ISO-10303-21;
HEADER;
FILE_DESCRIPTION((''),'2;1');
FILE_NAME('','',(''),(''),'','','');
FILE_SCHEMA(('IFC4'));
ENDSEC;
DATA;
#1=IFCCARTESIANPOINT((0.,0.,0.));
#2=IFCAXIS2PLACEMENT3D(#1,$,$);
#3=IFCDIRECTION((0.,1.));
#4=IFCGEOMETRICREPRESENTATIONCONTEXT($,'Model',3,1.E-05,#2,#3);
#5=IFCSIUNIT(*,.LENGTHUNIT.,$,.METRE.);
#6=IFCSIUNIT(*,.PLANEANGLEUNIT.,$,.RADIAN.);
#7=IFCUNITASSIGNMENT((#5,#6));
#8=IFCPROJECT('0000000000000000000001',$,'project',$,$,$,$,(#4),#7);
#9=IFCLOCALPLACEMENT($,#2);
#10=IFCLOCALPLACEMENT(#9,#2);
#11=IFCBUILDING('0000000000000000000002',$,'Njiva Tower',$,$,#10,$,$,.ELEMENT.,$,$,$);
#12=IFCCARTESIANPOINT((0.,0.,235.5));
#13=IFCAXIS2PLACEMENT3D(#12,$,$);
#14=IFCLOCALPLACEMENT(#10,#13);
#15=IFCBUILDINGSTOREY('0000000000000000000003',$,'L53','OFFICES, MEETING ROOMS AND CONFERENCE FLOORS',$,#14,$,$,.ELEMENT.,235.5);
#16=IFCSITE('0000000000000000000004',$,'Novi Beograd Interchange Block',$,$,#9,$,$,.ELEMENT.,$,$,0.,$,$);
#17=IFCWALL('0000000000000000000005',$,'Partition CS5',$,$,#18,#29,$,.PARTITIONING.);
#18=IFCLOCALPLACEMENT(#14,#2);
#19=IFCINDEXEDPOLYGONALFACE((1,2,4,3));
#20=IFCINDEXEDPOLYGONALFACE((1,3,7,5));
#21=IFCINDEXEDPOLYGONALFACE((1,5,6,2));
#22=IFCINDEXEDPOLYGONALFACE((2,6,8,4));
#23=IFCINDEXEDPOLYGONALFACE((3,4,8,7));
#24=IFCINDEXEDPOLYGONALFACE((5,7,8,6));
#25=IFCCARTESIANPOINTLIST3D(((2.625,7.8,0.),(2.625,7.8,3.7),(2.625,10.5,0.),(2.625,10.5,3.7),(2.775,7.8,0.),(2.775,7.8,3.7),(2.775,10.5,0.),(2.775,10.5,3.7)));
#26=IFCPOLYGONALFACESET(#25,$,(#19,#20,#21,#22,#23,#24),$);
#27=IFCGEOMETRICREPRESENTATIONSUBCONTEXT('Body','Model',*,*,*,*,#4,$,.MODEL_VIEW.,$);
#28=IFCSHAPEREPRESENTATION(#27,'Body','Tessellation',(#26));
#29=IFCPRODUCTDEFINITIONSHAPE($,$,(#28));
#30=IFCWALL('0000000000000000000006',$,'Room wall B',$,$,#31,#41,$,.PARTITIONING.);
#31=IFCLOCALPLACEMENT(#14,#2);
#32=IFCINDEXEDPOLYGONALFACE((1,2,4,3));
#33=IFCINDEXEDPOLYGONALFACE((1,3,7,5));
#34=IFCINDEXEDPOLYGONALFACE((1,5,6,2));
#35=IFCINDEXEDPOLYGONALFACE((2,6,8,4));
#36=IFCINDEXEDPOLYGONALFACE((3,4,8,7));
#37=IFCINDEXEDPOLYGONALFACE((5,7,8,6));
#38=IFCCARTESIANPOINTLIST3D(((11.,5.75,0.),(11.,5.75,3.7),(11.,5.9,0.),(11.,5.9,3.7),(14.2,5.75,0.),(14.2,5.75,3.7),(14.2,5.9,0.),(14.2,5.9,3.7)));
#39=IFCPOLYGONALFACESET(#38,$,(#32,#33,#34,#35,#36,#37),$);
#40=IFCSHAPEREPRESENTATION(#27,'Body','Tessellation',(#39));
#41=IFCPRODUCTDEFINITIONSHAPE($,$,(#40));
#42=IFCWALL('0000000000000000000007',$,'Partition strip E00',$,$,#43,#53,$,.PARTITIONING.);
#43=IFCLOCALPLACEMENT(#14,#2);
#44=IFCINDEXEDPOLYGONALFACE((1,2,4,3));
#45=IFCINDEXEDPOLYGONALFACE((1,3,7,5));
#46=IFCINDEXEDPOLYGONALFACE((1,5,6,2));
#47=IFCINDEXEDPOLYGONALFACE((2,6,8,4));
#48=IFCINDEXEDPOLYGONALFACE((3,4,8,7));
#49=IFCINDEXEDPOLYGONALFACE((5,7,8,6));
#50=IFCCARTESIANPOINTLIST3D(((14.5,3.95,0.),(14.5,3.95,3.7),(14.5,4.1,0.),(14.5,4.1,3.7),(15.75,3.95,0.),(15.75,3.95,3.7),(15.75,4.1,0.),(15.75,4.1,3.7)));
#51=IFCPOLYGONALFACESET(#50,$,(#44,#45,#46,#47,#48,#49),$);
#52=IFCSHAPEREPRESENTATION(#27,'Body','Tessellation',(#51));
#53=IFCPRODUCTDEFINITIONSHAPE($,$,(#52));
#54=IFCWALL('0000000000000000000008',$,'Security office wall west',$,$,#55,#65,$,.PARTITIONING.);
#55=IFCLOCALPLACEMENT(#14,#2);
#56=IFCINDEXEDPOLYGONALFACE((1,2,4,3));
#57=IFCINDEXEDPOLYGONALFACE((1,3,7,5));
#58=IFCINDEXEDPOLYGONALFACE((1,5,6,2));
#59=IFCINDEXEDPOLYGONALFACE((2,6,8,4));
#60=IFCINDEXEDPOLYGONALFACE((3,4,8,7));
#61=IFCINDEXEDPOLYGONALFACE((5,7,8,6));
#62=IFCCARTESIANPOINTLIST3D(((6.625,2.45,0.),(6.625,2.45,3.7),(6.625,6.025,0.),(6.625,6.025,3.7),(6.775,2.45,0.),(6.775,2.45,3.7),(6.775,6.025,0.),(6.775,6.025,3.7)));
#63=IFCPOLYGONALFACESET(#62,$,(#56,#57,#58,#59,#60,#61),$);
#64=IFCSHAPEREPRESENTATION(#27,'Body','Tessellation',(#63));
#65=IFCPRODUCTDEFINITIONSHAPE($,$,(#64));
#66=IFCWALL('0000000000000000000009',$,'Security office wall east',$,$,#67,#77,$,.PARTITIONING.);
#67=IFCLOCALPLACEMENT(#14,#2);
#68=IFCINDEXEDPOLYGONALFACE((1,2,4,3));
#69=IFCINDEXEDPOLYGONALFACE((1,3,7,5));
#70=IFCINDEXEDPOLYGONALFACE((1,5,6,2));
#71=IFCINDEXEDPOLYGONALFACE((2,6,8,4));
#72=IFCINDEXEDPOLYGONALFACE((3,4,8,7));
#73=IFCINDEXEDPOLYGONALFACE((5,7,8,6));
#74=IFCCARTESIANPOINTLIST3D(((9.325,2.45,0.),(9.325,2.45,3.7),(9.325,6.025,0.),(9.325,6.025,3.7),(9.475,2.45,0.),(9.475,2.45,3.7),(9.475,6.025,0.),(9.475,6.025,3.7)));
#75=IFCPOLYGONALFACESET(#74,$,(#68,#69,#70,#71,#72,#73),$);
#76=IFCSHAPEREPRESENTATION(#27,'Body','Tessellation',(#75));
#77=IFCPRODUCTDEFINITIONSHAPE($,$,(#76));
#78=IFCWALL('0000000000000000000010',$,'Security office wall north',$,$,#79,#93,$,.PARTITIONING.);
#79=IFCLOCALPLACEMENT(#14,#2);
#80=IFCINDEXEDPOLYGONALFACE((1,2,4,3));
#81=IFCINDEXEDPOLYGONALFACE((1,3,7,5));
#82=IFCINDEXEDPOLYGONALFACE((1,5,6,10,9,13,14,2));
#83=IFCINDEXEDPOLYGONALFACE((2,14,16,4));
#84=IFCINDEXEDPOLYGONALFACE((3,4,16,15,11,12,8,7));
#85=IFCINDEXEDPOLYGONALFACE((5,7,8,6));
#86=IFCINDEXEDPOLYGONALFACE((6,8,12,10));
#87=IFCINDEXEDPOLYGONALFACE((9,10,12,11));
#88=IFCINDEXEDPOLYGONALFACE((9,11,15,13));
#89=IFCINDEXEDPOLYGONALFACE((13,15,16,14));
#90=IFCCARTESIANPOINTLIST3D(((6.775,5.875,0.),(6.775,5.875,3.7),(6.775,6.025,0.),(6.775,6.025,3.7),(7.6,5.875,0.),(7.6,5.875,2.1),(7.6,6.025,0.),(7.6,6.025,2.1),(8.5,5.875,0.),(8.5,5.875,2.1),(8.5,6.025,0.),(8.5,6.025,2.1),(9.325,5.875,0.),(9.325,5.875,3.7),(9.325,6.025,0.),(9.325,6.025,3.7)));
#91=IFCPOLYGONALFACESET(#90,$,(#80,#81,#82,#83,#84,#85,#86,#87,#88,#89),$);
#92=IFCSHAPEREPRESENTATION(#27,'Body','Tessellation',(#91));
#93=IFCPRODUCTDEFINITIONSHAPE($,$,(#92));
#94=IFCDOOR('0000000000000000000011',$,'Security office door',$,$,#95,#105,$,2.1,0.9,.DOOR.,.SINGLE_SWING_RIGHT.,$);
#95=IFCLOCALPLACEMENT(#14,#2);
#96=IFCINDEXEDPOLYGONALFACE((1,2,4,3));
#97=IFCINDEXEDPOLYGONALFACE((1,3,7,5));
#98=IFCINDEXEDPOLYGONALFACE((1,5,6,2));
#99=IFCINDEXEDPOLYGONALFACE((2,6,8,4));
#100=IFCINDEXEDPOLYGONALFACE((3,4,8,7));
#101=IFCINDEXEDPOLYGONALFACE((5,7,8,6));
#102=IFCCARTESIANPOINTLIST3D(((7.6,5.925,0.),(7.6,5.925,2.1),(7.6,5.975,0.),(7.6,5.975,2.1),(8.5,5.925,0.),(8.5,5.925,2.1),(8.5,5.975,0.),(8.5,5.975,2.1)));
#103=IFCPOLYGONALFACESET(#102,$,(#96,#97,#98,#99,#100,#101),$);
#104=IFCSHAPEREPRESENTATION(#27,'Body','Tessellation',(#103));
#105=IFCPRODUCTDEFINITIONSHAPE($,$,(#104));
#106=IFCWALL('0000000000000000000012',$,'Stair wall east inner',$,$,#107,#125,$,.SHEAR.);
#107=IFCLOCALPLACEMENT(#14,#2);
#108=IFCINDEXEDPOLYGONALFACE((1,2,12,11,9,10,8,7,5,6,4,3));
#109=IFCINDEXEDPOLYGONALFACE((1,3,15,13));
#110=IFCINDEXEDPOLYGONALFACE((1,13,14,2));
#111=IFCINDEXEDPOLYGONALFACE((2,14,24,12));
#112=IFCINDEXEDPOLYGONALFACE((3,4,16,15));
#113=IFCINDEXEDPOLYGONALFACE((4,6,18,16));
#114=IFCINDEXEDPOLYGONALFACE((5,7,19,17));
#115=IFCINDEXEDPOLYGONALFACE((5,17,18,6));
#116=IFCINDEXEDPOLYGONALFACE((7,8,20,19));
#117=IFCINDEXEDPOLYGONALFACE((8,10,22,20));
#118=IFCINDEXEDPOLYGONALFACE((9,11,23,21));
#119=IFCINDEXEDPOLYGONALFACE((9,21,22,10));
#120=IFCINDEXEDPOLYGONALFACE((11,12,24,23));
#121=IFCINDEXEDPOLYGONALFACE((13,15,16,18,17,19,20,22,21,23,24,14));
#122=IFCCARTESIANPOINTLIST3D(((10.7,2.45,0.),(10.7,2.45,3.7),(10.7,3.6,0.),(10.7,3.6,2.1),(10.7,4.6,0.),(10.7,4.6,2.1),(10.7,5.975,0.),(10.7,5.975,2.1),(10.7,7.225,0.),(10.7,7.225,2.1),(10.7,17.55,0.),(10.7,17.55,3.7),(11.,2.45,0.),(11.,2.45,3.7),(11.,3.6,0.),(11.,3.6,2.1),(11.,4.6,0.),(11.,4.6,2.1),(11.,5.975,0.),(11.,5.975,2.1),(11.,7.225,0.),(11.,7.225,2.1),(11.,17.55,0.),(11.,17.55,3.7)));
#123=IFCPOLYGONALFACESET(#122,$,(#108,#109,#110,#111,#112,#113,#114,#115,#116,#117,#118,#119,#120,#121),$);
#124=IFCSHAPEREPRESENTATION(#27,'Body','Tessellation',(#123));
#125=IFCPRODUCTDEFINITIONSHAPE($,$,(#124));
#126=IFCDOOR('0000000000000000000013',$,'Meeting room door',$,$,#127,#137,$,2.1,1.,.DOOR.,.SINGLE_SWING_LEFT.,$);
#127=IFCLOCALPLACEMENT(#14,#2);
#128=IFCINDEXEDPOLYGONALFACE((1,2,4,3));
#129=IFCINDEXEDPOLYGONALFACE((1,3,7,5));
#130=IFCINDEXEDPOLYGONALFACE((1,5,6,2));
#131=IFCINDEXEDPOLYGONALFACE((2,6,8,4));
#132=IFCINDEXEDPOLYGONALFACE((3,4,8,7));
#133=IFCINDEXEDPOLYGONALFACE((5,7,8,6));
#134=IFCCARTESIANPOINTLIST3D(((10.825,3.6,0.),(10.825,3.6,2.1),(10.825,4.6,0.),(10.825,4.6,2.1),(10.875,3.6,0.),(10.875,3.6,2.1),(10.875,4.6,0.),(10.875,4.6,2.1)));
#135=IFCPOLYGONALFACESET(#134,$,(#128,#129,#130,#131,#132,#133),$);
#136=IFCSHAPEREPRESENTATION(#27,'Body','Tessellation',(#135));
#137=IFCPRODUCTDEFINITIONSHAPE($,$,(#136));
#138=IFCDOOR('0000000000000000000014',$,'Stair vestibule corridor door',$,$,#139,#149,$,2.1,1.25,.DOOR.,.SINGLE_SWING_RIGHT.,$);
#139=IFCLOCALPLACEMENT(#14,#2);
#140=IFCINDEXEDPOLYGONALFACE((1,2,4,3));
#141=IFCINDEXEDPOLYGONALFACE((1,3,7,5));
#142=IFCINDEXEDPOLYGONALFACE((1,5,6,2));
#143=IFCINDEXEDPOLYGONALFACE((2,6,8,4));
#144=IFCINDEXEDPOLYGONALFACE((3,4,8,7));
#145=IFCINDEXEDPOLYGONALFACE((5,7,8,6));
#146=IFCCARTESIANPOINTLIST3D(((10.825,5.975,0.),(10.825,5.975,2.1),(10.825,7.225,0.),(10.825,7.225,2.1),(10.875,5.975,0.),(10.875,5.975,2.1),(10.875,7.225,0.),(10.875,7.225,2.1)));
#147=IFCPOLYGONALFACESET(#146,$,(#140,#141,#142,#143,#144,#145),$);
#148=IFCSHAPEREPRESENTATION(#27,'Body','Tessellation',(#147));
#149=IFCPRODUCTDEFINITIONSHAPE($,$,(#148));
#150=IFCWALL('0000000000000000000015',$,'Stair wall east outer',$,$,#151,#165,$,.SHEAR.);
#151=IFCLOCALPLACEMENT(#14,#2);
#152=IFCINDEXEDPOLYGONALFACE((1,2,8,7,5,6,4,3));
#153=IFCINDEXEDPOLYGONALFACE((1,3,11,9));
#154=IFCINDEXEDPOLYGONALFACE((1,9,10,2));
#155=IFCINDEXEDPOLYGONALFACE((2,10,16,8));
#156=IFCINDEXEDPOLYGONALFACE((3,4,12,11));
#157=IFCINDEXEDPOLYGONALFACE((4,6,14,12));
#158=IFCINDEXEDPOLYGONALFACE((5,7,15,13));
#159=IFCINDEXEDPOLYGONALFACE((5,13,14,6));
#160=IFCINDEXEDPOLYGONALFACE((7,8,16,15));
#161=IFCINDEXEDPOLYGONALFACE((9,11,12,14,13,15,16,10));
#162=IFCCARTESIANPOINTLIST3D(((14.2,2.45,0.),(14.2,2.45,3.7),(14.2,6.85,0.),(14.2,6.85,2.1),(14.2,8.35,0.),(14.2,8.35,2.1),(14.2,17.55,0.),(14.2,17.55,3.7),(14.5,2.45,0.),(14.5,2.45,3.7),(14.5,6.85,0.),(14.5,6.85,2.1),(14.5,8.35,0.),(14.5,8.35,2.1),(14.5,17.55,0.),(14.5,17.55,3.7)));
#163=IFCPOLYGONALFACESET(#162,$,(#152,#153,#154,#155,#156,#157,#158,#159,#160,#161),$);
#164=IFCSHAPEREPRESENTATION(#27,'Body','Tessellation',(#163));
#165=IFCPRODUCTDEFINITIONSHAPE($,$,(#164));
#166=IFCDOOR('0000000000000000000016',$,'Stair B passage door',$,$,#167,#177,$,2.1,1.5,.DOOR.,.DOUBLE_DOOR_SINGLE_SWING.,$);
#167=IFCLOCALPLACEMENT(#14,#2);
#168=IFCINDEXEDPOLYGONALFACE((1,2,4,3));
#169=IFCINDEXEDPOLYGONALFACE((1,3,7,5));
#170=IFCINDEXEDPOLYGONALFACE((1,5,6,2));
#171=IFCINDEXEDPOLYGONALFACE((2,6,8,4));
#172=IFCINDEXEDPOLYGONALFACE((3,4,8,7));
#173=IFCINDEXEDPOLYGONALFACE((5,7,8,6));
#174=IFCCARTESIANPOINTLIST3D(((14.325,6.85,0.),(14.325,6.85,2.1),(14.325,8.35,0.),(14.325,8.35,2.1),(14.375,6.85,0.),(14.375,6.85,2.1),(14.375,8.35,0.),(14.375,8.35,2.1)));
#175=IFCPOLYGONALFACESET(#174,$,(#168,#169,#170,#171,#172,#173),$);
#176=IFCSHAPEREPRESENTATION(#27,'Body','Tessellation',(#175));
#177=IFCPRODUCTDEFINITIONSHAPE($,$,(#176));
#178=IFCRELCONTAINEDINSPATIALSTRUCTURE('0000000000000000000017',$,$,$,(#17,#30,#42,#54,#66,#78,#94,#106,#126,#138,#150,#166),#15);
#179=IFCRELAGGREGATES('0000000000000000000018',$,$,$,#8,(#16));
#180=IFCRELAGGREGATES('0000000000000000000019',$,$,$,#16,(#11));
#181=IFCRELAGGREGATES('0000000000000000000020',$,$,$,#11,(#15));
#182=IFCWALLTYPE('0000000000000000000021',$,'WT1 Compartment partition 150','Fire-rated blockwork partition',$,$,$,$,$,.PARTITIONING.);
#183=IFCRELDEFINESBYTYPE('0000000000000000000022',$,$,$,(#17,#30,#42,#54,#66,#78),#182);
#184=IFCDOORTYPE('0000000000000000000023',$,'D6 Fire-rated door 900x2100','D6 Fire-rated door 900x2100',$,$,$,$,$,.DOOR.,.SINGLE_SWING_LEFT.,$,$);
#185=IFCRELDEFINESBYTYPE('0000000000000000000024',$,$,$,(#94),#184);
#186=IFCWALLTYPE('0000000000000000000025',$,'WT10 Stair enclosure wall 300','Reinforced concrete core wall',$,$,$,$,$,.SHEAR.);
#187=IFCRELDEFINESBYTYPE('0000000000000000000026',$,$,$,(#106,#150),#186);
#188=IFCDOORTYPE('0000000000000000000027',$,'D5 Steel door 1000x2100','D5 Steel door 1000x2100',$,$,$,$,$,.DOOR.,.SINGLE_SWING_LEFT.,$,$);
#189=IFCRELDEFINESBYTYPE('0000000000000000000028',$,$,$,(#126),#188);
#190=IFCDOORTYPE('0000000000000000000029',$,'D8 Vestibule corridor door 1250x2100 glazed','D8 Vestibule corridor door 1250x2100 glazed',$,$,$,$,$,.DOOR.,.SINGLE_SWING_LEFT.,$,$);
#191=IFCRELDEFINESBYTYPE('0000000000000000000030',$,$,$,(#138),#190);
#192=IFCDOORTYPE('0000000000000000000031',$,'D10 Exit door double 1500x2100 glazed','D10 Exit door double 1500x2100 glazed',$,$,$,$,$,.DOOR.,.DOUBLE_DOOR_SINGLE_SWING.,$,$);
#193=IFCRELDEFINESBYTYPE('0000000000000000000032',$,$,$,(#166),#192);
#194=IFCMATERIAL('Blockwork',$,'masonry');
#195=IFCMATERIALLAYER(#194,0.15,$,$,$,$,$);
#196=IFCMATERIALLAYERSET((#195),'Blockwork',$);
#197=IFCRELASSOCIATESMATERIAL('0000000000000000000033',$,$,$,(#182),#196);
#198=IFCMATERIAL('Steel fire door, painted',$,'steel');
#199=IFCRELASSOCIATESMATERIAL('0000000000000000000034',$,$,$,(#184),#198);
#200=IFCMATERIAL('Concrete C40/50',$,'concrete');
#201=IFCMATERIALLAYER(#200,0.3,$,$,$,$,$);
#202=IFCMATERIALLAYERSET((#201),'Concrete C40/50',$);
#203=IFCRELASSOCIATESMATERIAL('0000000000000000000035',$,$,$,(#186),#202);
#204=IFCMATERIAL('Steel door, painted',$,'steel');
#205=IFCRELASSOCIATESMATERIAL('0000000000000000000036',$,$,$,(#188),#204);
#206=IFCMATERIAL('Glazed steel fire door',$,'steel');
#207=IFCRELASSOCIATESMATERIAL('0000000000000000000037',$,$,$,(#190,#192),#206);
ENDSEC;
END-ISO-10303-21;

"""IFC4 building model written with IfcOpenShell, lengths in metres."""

from ifc_helpers import new_model, si_unit, direction, frame, frame_2d, origin, place, context, subcontext, project, spatial, rectangle, extrude, material, layer, layer_set, type_object, element, fill, save


model = new_model("IFC4")

# Units and contexts
model_context = context("Model", 3, precision=1e-05, world=origin(), true_north=direction((0.0, 1.0)))
body_context = subcontext(model_context, "Body", "Model", "MODEL_VIEW")
ifc_project = project(units=[si_unit("LENGTHUNIT", "METRE"), si_unit("PLANEANGLEUNIT", "RADIAN")], contexts=[model_context])

# Site, building, storey
site_placement = place(None, origin())
site = spatial("IfcSite", under=ifc_project, at=site_placement, Name="Novi Beograd Interchange Block", CompositionType="ELEMENT", RefElevation=0.0)
building_placement = place(site_placement, origin())
building = spatial("IfcBuilding", under=site, at=building_placement, Name="Njiva Tower", CompositionType="ELEMENT")
storey_placement = place(building_placement, frame((0.0, 0.0, 235.5)))
storey = spatial("IfcBuildingStorey", under=building, at=storey_placement, Name="L53", Description="OFFICES, MEETING ROOMS AND CONFERENCE FLOORS", CompositionType="ELEMENT", Elevation=235.5)

# Walls
ifc_material_1 = material(Name="Blockwork", Category="masonry")
ifc_layer_1 = layer(ifc_material_1, 0.15)
ifc_layer_set_1 = layer_set([ifc_layer_1], Name="Blockwork")
wall_type_1 = type_object("IfcWallType", Name="WT1 Compartment partition 150", Description="Fire-rated blockwork partition", PredefinedType="PARTITIONING", material=ifc_layer_set_1)
wall_1_placement = place(storey_placement, frame((2.7, 7.8, 0.0), z_axis=(0.0, 0.0, 1.0), x_axis=(0.0, 1.0, 0.0)))
element("IfcWall", 1, at=wall_1_placement, inside=storey, type_object=wall_type_1, Name="Partition CS5", PredefinedType="PARTITIONING", context=body_context, shape_type="SweptSolid", body=[
    extrude(rectangle(XDim=2.7, YDim=0.15, at=frame_2d((1.35, 0.0))), origin(), (0.0, 0.0, 1.0), 3.7),
])
wall_2_placement = place(storey_placement, frame((11.0, 5.825, 0.0), z_axis=(0.0, 0.0, 1.0), x_axis=(1.0, 0.0, 0.0)))
element("IfcWall", 2, at=wall_2_placement, inside=storey, type_object=wall_type_1, Name="Room wall B", PredefinedType="PARTITIONING", context=body_context, shape_type="SweptSolid", body=[
    extrude(rectangle(XDim=3.2, YDim=0.15, at=frame_2d((1.6, 0.0))), origin(), (0.0, 0.0, 1.0), 3.7),
])
wall_3_placement = place(storey_placement, frame((14.5, 4.025, 0.0), z_axis=(0.0, 0.0, 1.0), x_axis=(1.0, 0.0, 0.0)))
element("IfcWall", 3, at=wall_3_placement, inside=storey, type_object=wall_type_1, Name="Partition strip E00", PredefinedType="PARTITIONING", context=body_context, shape_type="SweptSolid", body=[
    extrude(rectangle(XDim=1.25, YDim=0.15, at=frame_2d((0.625, 0.0))), origin(), (0.0, 0.0, 1.0), 3.7),
])
for number, where, z_axis, x_axis, name in (
    (4, (6.7, 2.45, 0.0), (0.0, 0.0, 1.0), (0.0, 1.0, 0.0), "Security office wall west"),
    (5, (9.4, 2.45, 0.0), (0.0, 0.0, 1.0), (0.0, 1.0, 0.0), "Security office wall east"),
):
    element("IfcWall", number, at=place(storey_placement, frame(where, z_axis=z_axis, x_axis=x_axis)), inside=storey, type_object=wall_type_1, Name=name, PredefinedType="PARTITIONING", context=body_context, shape_type="SweptSolid", body=[
        extrude(rectangle(XDim=3.575, YDim=0.15, at=frame_2d((1.7875, 0.0))), origin(), (0.0, 0.0, 1.0), 3.7),
    ])

# Wall, opening, door
wall_4_placement = place(storey_placement, frame((6.775, 5.95, 0.0), z_axis=(0.0, 0.0, 1.0), x_axis=(1.0, 0.0, 0.0)))
wall_4 = element("IfcWall", 6, at=wall_4_placement, inside=storey, type_object=wall_type_1, Name="Security office wall north", PredefinedType="PARTITIONING", context=body_context, shape_type="SweptSolid", body=[
    extrude(rectangle(XDim=2.55, YDim=0.15, at=frame_2d((1.275, 0.0))), origin(), (0.0, 0.0, 1.0), 3.7),
])
opening_1_placement = place(wall_4_placement, frame((0.825, 0.0, 0.0)))
opening_1 = element("IfcOpeningElement", 7, at=opening_1_placement, cuts=wall_4, PredefinedType="OPENING", context=body_context, shape_type="SweptSolid", body=[
    extrude(rectangle(XDim=0.9, YDim=2.1, at=frame_2d((0.45, 1.05))), frame((0.0, 0.085, 0.0), z_axis=(0.0, -1.0, 0.0), x_axis=(1.0, 0.0, 0.0)), (0.0, 0.0, 1.0), 0.17),
])
ifc_material_2 = material(Name="Steel fire door, painted", Category="steel")
door_type_1 = type_object("IfcDoorType", Name="D6 Fire-rated door 900x2100", Description="D6 Fire-rated door 900x2100", OperationType="SINGLE_SWING_LEFT", PredefinedType="DOOR", material=ifc_material_2)
door_1_placement = place(opening_1_placement, origin())
door_1 = element("IfcDoor", 8, at=door_1_placement, inside=storey, type_object=door_type_1, Name="Security office door", OperationType="SINGLE_SWING_RIGHT", OverallHeight=2.1, OverallWidth=0.9, PredefinedType="DOOR", context=body_context, shape_type="SweptSolid", body=[
    extrude(rectangle(XDim=0.9, YDim=2.1, at=frame_2d((0.45, 1.05))), frame((0.0, 0.025, 0.0), z_axis=(0.0, -1.0, 0.0), x_axis=(1.0, 0.0, 0.0)), (0.0, 0.0, 1.0), 0.05),
])
fill(opening_1, door_1)

# Wall, openings, doors
ifc_material_3 = material(Name="Concrete C40/50", Category="concrete")
ifc_layer_2 = layer(ifc_material_3, 0.3)
ifc_layer_set_2 = layer_set([ifc_layer_2], Name="Concrete C40/50")
wall_type_2 = type_object("IfcWallType", Name="WT10 Stair enclosure wall 300", Description="Reinforced concrete core wall", PredefinedType="SHEAR", material=ifc_layer_set_2)
wall_5_placement = place(storey_placement, frame((10.85, 2.45, 0.0), z_axis=(0.0, 0.0, 1.0), x_axis=(0.0, 1.0, 0.0)))
wall_5 = element("IfcWall", 9, at=wall_5_placement, inside=storey, type_object=wall_type_2, Name="Stair wall east inner", PredefinedType="SHEAR", context=body_context, shape_type="SweptSolid", body=[
    extrude(rectangle(XDim=15.1, YDim=0.3, at=frame_2d((7.55, 0.0))), origin(), (0.0, 0.0, 1.0), 3.7),
])
opening_2_placement = place(wall_5_placement, frame((3.525, 0.0, 0.0)))
opening_2 = element("IfcOpeningElement", 10, at=opening_2_placement, cuts=wall_5, PredefinedType="OPENING", context=body_context, shape_type="SweptSolid", body=[
    extrude(rectangle(XDim=1.25, YDim=2.1, at=frame_2d((0.625, 1.05))), frame((0.0, 0.16, 0.0), z_axis=(0.0, -1.0, 0.0), x_axis=(1.0, 0.0, 0.0)), (0.0, 0.0, 1.0), 0.32),
])
opening_3_placement = place(wall_5_placement, frame((1.15, 0.0, 0.0)))
opening_3 = element("IfcOpeningElement", 11, at=opening_3_placement, cuts=wall_5, PredefinedType="OPENING", context=body_context, shape_type="SweptSolid", body=[
    extrude(rectangle(XDim=1.0, YDim=2.1, at=frame_2d((0.5, 1.05))), frame((0.0, 0.16, 0.0), z_axis=(0.0, -1.0, 0.0), x_axis=(1.0, 0.0, 0.0)), (0.0, 0.0, 1.0), 0.32),
])
ifc_material_4 = material(Name="Steel door, painted", Category="steel")
door_type_2 = type_object("IfcDoorType", Name="D5 Steel door 1000x2100", Description="D5 Steel door 1000x2100", OperationType="SINGLE_SWING_LEFT", PredefinedType="DOOR", material=ifc_material_4)
door_2_placement = place(opening_3_placement, origin())
door_2 = element("IfcDoor", 12, at=door_2_placement, inside=storey, type_object=door_type_2, Name="Meeting room door", OperationType="SINGLE_SWING_LEFT", OverallHeight=2.1, OverallWidth=1.0, PredefinedType="DOOR", context=body_context, shape_type="SweptSolid", body=[
    extrude(rectangle(XDim=1.0, YDim=2.1, at=frame_2d((0.5, 1.05))), frame((0.0, 0.025, 0.0), z_axis=(0.0, -1.0, 0.0), x_axis=(1.0, 0.0, 0.0)), (0.0, 0.0, 1.0), 0.05),
])
fill(opening_3, door_2)
ifc_material_5 = material(Name="Glazed steel fire door", Category="steel")
door_type_3 = type_object("IfcDoorType", Name="D8 Vestibule corridor door 1250x2100 glazed", Description="D8 Vestibule corridor door 1250x2100 glazed", OperationType="SINGLE_SWING_LEFT", PredefinedType="DOOR", material=ifc_material_5)
door_3_placement = place(opening_2_placement, origin())
door_3 = element("IfcDoor", 13, at=door_3_placement, inside=storey, type_object=door_type_3, Name="Stair vestibule corridor door", OperationType="SINGLE_SWING_RIGHT", OverallHeight=2.1, OverallWidth=1.25, PredefinedType="DOOR", context=body_context, shape_type="SweptSolid", body=[
    extrude(rectangle(XDim=1.25, YDim=2.1, at=frame_2d((0.625, 1.05))), frame((0.0, 0.025, 0.0), z_axis=(0.0, -1.0, 0.0), x_axis=(1.0, 0.0, 0.0)), (0.0, 0.0, 1.0), 0.05),
])
fill(opening_2, door_3)

# Wall, opening, door
wall_6_placement = place(storey_placement, frame((14.35, 2.45, 0.0), z_axis=(0.0, 0.0, 1.0), x_axis=(0.0, 1.0, 0.0)))
wall_6 = element("IfcWall", 14, at=wall_6_placement, inside=storey, type_object=wall_type_2, Name="Stair wall east outer", PredefinedType="SHEAR", context=body_context, shape_type="SweptSolid", body=[
    extrude(rectangle(XDim=15.1, YDim=0.3, at=frame_2d((7.55, 0.0))), origin(), (0.0, 0.0, 1.0), 3.7),
])
opening_4_placement = place(wall_6_placement, frame((4.4, 0.0, 0.0)))
opening_4 = element("IfcOpeningElement", 15, at=opening_4_placement, cuts=wall_6, PredefinedType="OPENING", context=body_context, shape_type="SweptSolid", body=[
    extrude(rectangle(XDim=1.5, YDim=2.1, at=frame_2d((0.75, 1.05))), frame((0.0, 0.16, 0.0), z_axis=(0.0, -1.0, 0.0), x_axis=(1.0, 0.0, 0.0)), (0.0, 0.0, 1.0), 0.32),
])
door_type_4 = type_object("IfcDoorType", Name="D10 Exit door double 1500x2100 glazed", Description="D10 Exit door double 1500x2100 glazed", OperationType="DOUBLE_DOOR_SINGLE_SWING", PredefinedType="DOOR", material=ifc_material_5)
door_4_placement = place(opening_4_placement, origin())
door_4 = element("IfcDoor", 16, at=door_4_placement, inside=storey, type_object=door_type_4, Name="Stair B passage door", OperationType="DOUBLE_DOOR_SINGLE_SWING", OverallHeight=2.1, OverallWidth=1.5, PredefinedType="DOOR", context=body_context, shape_type="SweptSolid", body=[
    extrude(rectangle(XDim=1.5, YDim=2.1, at=frame_2d((0.75, 1.05))), frame((0.0, 0.025, 0.0), z_axis=(0.0, -1.0, 0.0), x_axis=(1.0, 0.0, 0.0)), (0.0, 0.0, 1.0), 0.05),
])
fill(opening_4, door_4)

save(model, "model.ifc")
